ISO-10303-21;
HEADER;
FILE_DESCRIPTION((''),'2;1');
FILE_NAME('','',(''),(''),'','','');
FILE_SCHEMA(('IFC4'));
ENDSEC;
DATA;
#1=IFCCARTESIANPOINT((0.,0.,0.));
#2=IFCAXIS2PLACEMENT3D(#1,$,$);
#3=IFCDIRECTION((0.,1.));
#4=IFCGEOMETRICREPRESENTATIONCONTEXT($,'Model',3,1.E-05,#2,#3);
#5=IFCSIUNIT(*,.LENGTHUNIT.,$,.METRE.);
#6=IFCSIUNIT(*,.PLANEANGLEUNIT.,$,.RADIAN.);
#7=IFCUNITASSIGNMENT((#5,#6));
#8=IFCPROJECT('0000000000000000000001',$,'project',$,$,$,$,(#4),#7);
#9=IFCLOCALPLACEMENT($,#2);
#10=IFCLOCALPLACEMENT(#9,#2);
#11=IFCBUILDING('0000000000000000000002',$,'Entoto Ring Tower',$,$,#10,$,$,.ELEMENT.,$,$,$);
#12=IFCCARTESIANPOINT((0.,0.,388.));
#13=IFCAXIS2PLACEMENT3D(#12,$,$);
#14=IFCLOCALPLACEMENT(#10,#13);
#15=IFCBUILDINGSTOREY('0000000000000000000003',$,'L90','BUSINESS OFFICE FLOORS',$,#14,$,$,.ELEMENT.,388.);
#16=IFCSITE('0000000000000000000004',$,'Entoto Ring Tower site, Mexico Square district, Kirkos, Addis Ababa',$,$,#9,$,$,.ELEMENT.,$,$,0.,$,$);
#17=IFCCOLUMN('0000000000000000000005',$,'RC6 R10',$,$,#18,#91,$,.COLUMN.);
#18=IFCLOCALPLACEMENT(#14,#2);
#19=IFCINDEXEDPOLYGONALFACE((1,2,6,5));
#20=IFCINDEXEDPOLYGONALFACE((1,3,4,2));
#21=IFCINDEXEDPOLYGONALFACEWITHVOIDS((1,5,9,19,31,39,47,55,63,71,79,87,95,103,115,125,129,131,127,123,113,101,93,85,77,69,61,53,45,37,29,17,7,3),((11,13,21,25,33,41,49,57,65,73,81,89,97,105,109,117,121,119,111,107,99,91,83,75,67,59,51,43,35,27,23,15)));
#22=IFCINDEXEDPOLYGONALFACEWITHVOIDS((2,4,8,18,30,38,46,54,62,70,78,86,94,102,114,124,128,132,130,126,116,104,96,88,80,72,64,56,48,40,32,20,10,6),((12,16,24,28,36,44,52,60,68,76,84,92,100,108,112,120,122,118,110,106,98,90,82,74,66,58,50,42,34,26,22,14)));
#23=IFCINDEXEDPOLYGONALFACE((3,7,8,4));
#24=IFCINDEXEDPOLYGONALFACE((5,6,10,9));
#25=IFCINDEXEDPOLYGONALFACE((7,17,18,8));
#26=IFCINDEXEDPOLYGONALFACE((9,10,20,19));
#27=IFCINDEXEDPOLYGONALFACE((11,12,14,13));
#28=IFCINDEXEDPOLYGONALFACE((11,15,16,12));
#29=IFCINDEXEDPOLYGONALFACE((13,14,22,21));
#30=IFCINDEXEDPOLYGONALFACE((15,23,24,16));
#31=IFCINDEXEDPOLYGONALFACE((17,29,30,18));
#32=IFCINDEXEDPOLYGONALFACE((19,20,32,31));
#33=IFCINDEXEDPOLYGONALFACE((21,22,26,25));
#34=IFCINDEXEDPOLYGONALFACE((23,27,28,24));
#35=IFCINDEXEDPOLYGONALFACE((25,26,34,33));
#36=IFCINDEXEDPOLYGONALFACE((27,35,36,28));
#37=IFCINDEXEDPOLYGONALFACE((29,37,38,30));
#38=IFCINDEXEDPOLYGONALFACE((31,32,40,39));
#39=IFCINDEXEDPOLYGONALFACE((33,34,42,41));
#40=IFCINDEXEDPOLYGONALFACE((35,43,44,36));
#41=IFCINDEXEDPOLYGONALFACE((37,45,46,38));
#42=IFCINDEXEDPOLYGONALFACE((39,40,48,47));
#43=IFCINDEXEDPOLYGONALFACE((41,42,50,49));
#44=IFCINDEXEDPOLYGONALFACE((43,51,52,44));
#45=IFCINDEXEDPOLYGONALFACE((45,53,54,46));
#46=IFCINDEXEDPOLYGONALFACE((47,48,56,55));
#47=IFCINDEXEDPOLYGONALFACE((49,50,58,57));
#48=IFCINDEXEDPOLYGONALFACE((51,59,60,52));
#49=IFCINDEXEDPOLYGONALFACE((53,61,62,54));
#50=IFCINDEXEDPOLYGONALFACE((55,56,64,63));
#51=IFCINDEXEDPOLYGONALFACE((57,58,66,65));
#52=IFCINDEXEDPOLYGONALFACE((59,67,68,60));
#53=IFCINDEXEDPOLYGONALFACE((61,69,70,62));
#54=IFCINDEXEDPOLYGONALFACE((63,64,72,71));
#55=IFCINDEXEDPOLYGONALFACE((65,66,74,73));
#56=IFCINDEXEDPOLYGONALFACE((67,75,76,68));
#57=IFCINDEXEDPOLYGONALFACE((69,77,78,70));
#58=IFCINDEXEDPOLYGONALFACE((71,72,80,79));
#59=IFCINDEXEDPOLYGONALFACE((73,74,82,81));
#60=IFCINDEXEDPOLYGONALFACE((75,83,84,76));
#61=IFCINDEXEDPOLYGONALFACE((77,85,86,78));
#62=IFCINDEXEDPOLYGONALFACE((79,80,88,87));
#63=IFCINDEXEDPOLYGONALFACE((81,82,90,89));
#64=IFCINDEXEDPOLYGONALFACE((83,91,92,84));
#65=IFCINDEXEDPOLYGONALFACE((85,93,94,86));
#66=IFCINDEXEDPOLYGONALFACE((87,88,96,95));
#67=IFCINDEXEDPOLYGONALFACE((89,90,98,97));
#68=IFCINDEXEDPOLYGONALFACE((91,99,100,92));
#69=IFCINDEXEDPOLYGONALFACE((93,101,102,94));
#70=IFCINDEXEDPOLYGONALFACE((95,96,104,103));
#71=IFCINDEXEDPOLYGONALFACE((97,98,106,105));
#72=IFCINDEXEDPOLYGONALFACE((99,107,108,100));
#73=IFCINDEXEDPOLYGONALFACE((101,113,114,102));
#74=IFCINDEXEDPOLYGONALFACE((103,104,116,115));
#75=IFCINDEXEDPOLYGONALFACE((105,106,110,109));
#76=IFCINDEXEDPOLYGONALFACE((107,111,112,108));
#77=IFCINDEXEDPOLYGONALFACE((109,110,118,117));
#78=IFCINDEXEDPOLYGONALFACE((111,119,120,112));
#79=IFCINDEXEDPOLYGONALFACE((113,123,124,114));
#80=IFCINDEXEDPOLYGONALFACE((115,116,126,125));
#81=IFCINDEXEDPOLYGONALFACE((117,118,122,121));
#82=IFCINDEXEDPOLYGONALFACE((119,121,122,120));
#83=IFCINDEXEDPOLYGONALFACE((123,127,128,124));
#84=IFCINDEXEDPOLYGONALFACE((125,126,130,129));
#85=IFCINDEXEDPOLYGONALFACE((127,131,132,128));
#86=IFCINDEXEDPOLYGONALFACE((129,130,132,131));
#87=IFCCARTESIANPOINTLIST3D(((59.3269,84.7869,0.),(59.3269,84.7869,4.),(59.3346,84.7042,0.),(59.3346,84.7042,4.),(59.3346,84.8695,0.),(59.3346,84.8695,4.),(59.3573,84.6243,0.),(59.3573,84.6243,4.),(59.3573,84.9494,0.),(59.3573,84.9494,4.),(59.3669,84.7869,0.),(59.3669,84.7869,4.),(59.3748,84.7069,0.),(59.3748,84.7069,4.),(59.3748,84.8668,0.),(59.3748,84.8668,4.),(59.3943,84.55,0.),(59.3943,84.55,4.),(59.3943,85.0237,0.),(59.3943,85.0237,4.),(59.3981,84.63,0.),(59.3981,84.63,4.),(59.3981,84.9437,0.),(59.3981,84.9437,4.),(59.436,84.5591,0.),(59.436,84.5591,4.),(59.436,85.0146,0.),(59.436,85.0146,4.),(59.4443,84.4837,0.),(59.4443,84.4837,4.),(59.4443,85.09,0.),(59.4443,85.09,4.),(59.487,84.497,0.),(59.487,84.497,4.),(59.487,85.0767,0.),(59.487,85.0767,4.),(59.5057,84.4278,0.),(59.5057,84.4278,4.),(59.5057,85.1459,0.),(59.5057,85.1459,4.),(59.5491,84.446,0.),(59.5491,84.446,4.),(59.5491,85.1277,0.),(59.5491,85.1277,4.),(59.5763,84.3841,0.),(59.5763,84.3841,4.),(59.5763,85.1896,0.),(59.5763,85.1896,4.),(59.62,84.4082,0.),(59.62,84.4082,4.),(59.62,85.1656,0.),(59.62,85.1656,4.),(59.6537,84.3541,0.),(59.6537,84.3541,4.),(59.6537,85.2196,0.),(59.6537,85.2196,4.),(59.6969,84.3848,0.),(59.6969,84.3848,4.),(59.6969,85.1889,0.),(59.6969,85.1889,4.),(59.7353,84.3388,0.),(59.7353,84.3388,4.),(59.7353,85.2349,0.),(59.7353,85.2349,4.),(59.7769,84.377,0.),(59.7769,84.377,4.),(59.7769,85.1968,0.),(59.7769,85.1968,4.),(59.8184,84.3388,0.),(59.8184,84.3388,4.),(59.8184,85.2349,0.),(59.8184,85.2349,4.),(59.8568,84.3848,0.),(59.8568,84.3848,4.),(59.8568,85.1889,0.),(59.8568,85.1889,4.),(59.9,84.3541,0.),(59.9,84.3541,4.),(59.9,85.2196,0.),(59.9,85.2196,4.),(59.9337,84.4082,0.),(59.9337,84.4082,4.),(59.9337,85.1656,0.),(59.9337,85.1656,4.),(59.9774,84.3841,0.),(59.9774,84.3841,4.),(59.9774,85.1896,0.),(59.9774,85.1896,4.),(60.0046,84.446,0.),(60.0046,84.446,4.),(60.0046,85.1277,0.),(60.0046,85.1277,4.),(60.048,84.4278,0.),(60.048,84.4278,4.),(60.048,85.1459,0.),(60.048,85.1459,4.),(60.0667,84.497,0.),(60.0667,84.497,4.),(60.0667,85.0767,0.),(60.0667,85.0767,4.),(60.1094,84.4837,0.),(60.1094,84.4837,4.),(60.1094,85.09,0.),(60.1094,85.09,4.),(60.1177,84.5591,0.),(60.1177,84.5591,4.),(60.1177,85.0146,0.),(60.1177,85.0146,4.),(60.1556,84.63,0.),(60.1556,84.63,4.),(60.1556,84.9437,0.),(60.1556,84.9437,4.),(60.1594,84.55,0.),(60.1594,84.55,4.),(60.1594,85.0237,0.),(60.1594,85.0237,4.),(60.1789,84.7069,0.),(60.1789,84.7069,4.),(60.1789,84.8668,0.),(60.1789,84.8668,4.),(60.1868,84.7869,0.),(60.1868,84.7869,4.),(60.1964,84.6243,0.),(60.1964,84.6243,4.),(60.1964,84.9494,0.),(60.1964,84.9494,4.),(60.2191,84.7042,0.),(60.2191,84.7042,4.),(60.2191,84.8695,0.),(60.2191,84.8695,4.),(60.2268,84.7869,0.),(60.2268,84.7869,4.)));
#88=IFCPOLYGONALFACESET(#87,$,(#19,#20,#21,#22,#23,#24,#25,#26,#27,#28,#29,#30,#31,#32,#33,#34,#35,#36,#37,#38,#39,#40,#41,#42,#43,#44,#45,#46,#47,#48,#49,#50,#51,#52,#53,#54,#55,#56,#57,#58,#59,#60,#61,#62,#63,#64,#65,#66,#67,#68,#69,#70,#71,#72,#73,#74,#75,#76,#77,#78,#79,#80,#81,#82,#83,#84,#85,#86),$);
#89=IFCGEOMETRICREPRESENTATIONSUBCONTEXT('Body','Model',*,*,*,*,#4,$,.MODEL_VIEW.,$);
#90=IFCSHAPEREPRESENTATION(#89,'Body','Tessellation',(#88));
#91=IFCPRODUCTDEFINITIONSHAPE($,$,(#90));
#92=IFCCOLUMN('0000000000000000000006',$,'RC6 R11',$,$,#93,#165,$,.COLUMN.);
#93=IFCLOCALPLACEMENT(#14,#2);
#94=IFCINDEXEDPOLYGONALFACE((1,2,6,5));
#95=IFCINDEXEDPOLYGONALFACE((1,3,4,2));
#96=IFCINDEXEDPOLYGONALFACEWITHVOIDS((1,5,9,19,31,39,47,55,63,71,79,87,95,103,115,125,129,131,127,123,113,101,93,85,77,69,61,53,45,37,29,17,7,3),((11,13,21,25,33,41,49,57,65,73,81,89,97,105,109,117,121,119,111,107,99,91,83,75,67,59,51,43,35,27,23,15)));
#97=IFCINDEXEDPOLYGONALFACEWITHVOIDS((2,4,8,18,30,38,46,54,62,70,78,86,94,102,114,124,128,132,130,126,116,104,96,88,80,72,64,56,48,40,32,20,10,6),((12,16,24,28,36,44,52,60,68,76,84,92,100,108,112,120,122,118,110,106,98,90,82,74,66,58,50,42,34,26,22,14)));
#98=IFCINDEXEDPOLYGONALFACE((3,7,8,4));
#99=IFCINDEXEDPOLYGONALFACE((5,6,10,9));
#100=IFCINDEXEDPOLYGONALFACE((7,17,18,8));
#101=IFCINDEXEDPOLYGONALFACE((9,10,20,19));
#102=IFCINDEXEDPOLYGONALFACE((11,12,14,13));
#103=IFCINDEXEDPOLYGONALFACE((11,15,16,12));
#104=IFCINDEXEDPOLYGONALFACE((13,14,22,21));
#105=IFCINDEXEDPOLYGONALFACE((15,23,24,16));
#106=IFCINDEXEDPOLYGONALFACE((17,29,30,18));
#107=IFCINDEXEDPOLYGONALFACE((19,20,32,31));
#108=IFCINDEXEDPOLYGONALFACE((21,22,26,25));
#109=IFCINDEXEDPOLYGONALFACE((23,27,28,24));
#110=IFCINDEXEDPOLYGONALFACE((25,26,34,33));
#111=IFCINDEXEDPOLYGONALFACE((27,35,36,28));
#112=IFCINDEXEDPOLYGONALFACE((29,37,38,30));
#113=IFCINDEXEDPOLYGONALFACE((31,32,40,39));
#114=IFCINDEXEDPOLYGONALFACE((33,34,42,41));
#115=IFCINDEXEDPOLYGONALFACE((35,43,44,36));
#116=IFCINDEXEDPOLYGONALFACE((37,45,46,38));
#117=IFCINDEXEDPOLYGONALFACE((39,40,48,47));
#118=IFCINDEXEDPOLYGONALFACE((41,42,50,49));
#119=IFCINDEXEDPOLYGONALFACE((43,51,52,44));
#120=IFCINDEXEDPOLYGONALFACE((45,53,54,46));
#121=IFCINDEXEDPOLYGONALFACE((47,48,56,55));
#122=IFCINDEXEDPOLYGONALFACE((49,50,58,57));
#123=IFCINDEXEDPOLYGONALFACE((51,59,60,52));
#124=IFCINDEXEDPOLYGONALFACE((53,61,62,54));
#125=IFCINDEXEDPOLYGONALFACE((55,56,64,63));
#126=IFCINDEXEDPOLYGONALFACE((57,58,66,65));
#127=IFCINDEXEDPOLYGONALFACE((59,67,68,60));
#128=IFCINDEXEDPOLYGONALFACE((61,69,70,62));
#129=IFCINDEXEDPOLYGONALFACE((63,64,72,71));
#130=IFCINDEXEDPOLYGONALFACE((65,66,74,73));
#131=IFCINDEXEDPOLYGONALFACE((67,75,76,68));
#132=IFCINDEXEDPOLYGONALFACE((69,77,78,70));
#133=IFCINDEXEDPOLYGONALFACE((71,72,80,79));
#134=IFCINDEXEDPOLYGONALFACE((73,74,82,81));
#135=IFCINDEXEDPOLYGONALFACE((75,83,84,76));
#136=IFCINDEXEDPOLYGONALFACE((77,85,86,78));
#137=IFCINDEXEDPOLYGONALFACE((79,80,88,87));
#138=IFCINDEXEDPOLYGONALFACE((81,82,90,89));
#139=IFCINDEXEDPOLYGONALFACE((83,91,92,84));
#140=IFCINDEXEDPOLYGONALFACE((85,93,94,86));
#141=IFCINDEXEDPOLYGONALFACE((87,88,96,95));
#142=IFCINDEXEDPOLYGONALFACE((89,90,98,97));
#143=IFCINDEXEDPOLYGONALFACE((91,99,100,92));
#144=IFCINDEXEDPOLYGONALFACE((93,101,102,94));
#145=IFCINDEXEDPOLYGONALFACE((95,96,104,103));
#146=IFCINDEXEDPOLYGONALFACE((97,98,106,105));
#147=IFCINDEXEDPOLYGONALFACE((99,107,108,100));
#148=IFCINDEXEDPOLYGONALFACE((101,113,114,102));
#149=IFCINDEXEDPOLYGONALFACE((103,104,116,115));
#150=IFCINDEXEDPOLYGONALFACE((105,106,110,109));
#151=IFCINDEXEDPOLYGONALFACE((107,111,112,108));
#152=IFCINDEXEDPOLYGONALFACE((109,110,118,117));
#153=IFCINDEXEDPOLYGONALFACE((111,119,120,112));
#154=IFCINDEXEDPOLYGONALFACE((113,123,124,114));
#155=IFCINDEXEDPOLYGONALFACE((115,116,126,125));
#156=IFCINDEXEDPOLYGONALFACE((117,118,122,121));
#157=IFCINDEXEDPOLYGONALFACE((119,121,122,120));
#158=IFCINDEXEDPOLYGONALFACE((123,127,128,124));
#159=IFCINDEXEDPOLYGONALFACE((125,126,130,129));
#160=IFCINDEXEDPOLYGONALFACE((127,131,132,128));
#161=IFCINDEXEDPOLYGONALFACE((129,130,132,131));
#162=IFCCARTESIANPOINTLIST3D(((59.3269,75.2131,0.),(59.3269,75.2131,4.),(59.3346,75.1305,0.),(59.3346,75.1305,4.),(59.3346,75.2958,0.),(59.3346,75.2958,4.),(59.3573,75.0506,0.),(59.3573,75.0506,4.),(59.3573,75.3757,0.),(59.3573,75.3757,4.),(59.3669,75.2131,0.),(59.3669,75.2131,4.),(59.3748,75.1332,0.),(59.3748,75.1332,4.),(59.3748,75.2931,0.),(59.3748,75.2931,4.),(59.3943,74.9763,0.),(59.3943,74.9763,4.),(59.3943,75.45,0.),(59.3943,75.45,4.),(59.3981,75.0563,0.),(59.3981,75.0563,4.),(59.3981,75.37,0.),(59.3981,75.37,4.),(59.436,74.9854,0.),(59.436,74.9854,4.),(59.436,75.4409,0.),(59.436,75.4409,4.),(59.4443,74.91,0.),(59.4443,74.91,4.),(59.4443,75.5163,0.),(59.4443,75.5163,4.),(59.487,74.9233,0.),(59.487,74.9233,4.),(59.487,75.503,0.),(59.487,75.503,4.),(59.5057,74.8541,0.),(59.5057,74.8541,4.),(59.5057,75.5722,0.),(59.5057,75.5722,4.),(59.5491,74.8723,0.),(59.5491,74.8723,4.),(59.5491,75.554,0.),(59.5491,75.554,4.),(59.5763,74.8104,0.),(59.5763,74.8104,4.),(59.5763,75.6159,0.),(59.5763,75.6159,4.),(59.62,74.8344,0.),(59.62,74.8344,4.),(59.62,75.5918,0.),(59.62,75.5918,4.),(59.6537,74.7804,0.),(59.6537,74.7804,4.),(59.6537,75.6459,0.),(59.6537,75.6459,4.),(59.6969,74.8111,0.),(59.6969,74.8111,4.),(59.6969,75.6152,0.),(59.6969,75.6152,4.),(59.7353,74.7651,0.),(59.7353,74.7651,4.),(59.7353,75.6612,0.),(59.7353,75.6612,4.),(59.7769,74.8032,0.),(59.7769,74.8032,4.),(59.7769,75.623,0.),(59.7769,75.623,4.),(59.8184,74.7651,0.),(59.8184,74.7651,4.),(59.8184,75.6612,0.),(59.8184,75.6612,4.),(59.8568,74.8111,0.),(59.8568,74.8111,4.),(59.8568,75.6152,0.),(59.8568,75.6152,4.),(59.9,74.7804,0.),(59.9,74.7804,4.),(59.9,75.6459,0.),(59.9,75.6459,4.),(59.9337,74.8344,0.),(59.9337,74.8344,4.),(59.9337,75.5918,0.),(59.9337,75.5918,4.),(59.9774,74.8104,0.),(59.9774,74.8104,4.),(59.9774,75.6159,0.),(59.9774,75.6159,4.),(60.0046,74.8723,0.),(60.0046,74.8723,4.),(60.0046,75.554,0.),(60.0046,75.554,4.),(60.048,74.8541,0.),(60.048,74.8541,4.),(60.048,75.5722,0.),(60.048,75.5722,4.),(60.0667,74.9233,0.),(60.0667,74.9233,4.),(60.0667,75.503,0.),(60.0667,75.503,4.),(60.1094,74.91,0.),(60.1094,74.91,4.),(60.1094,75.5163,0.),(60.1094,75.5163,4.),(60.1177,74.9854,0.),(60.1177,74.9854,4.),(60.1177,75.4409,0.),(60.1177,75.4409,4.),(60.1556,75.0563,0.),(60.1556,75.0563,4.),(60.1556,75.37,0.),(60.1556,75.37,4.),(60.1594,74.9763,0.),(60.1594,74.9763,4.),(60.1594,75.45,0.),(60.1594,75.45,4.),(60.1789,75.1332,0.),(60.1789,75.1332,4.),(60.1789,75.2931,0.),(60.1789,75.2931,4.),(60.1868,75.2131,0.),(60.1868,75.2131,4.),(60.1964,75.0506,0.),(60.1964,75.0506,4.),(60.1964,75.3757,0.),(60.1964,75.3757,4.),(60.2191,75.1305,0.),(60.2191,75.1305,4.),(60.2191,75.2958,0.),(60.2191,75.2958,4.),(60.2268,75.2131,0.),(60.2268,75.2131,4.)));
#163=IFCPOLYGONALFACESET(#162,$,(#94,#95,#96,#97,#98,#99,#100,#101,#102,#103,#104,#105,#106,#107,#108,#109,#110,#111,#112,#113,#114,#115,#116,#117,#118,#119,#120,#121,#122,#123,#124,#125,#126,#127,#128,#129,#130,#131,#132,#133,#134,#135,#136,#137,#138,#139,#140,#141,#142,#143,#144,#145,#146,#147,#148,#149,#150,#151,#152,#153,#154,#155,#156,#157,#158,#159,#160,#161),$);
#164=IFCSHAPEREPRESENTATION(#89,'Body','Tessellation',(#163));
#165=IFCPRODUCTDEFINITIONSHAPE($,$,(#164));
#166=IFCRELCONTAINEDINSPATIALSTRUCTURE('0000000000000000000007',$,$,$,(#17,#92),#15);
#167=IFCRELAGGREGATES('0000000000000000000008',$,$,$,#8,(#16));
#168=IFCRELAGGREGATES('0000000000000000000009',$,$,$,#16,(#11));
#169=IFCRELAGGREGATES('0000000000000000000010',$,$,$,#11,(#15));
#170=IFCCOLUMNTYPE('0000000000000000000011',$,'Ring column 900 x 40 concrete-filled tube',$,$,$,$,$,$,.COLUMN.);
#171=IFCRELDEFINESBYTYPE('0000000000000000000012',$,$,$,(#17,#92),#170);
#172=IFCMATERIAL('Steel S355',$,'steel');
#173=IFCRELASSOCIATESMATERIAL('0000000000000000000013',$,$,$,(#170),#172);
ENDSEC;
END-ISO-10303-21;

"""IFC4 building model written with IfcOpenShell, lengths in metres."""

from ifc_helpers import new_model, si_unit, direction, frame, origin, origin_2d, place, context, subcontext, project, spatial, circle, hollow_circle, extrude, material, material_profile, profile_set, type_object, element, save


model = new_model("IFC4")

# Units and contexts
model_context = context("Model", 3, precision=1e-05, world=origin(), true_north=direction((0.0, 1.0)))
body_context = subcontext(model_context, "Body", "Model", "MODEL_VIEW")
ifc_project = project(units=[si_unit("LENGTHUNIT", "METRE"), si_unit("PLANEANGLEUNIT", "RADIAN")], contexts=[model_context])

# Site, building, storey
site_placement = place(None, origin())
site = spatial("IfcSite", under=ifc_project, at=site_placement, Name="Entoto Ring Tower site, Mexico Square district, Kirkos, Addis Ababa", CompositionType="ELEMENT", RefElevation=0.0)
building_placement = place(site_placement, origin())
building = spatial("IfcBuilding", under=site, at=building_placement, Name="Entoto Ring Tower", CompositionType="ELEMENT")
storey_placement = place(building_placement, frame((0.0, 0.0, 388.0)))
storey = spatial("IfcBuildingStorey", under=building, at=storey_placement, Name="L90", Description="BUSINESS OFFICE FLOORS", CompositionType="ELEMENT", Elevation=388.0)

# Columns
ifc_material_1 = material(Name="Steel S355", Category="steel")
ifc_material_profile_1 = material_profile(ifc_material_1, hollow_circle(Radius=0.45, WallThickness=0.04, at=origin_2d()), Name="CHS 900 x 40")
ifc_material_2 = material(Name="Concrete C60/75", Category="concrete")
ifc_material_profile_2 = material_profile(ifc_material_2, circle(Radius=0.4099, at=origin_2d()), Name="Concrete C60/75 infill")
ifc_profile_set_1 = profile_set([ifc_material_profile_1, ifc_material_profile_2], Name="Steel S355")
column_type = type_object("IfcColumnType", Name="Ring column 900 x 40 concrete-filled tube", PredefinedType="COLUMN", material=ifc_profile_set_1)
for number, where, z_axis, x_axis, name in (
    (1, (59.7769, 84.7869, 0.0), (0.0, 0.0, 1.0), (1.0, 0.0, 0.0), "RC6 R10"),
    (2, (59.7769, 75.2131, 0.0), (0.0, 0.0, 1.0), (1.0, 0.0, 0.0), "RC6 R11"),
):
    element("IfcColumn", number, at=place(storey_placement, frame(where, z_axis=z_axis, x_axis=x_axis)), inside=storey, type_object=column_type, Name=name, PredefinedType="COLUMN", context=body_context, shape_type="SweptSolid", body=[
        extrude(hollow_circle(Radius=0.45, WallThickness=0.04, at=origin_2d()), origin(), (0.0, 0.0, 1.0), 4.0),
    ])

save(model, "model.ifc")
